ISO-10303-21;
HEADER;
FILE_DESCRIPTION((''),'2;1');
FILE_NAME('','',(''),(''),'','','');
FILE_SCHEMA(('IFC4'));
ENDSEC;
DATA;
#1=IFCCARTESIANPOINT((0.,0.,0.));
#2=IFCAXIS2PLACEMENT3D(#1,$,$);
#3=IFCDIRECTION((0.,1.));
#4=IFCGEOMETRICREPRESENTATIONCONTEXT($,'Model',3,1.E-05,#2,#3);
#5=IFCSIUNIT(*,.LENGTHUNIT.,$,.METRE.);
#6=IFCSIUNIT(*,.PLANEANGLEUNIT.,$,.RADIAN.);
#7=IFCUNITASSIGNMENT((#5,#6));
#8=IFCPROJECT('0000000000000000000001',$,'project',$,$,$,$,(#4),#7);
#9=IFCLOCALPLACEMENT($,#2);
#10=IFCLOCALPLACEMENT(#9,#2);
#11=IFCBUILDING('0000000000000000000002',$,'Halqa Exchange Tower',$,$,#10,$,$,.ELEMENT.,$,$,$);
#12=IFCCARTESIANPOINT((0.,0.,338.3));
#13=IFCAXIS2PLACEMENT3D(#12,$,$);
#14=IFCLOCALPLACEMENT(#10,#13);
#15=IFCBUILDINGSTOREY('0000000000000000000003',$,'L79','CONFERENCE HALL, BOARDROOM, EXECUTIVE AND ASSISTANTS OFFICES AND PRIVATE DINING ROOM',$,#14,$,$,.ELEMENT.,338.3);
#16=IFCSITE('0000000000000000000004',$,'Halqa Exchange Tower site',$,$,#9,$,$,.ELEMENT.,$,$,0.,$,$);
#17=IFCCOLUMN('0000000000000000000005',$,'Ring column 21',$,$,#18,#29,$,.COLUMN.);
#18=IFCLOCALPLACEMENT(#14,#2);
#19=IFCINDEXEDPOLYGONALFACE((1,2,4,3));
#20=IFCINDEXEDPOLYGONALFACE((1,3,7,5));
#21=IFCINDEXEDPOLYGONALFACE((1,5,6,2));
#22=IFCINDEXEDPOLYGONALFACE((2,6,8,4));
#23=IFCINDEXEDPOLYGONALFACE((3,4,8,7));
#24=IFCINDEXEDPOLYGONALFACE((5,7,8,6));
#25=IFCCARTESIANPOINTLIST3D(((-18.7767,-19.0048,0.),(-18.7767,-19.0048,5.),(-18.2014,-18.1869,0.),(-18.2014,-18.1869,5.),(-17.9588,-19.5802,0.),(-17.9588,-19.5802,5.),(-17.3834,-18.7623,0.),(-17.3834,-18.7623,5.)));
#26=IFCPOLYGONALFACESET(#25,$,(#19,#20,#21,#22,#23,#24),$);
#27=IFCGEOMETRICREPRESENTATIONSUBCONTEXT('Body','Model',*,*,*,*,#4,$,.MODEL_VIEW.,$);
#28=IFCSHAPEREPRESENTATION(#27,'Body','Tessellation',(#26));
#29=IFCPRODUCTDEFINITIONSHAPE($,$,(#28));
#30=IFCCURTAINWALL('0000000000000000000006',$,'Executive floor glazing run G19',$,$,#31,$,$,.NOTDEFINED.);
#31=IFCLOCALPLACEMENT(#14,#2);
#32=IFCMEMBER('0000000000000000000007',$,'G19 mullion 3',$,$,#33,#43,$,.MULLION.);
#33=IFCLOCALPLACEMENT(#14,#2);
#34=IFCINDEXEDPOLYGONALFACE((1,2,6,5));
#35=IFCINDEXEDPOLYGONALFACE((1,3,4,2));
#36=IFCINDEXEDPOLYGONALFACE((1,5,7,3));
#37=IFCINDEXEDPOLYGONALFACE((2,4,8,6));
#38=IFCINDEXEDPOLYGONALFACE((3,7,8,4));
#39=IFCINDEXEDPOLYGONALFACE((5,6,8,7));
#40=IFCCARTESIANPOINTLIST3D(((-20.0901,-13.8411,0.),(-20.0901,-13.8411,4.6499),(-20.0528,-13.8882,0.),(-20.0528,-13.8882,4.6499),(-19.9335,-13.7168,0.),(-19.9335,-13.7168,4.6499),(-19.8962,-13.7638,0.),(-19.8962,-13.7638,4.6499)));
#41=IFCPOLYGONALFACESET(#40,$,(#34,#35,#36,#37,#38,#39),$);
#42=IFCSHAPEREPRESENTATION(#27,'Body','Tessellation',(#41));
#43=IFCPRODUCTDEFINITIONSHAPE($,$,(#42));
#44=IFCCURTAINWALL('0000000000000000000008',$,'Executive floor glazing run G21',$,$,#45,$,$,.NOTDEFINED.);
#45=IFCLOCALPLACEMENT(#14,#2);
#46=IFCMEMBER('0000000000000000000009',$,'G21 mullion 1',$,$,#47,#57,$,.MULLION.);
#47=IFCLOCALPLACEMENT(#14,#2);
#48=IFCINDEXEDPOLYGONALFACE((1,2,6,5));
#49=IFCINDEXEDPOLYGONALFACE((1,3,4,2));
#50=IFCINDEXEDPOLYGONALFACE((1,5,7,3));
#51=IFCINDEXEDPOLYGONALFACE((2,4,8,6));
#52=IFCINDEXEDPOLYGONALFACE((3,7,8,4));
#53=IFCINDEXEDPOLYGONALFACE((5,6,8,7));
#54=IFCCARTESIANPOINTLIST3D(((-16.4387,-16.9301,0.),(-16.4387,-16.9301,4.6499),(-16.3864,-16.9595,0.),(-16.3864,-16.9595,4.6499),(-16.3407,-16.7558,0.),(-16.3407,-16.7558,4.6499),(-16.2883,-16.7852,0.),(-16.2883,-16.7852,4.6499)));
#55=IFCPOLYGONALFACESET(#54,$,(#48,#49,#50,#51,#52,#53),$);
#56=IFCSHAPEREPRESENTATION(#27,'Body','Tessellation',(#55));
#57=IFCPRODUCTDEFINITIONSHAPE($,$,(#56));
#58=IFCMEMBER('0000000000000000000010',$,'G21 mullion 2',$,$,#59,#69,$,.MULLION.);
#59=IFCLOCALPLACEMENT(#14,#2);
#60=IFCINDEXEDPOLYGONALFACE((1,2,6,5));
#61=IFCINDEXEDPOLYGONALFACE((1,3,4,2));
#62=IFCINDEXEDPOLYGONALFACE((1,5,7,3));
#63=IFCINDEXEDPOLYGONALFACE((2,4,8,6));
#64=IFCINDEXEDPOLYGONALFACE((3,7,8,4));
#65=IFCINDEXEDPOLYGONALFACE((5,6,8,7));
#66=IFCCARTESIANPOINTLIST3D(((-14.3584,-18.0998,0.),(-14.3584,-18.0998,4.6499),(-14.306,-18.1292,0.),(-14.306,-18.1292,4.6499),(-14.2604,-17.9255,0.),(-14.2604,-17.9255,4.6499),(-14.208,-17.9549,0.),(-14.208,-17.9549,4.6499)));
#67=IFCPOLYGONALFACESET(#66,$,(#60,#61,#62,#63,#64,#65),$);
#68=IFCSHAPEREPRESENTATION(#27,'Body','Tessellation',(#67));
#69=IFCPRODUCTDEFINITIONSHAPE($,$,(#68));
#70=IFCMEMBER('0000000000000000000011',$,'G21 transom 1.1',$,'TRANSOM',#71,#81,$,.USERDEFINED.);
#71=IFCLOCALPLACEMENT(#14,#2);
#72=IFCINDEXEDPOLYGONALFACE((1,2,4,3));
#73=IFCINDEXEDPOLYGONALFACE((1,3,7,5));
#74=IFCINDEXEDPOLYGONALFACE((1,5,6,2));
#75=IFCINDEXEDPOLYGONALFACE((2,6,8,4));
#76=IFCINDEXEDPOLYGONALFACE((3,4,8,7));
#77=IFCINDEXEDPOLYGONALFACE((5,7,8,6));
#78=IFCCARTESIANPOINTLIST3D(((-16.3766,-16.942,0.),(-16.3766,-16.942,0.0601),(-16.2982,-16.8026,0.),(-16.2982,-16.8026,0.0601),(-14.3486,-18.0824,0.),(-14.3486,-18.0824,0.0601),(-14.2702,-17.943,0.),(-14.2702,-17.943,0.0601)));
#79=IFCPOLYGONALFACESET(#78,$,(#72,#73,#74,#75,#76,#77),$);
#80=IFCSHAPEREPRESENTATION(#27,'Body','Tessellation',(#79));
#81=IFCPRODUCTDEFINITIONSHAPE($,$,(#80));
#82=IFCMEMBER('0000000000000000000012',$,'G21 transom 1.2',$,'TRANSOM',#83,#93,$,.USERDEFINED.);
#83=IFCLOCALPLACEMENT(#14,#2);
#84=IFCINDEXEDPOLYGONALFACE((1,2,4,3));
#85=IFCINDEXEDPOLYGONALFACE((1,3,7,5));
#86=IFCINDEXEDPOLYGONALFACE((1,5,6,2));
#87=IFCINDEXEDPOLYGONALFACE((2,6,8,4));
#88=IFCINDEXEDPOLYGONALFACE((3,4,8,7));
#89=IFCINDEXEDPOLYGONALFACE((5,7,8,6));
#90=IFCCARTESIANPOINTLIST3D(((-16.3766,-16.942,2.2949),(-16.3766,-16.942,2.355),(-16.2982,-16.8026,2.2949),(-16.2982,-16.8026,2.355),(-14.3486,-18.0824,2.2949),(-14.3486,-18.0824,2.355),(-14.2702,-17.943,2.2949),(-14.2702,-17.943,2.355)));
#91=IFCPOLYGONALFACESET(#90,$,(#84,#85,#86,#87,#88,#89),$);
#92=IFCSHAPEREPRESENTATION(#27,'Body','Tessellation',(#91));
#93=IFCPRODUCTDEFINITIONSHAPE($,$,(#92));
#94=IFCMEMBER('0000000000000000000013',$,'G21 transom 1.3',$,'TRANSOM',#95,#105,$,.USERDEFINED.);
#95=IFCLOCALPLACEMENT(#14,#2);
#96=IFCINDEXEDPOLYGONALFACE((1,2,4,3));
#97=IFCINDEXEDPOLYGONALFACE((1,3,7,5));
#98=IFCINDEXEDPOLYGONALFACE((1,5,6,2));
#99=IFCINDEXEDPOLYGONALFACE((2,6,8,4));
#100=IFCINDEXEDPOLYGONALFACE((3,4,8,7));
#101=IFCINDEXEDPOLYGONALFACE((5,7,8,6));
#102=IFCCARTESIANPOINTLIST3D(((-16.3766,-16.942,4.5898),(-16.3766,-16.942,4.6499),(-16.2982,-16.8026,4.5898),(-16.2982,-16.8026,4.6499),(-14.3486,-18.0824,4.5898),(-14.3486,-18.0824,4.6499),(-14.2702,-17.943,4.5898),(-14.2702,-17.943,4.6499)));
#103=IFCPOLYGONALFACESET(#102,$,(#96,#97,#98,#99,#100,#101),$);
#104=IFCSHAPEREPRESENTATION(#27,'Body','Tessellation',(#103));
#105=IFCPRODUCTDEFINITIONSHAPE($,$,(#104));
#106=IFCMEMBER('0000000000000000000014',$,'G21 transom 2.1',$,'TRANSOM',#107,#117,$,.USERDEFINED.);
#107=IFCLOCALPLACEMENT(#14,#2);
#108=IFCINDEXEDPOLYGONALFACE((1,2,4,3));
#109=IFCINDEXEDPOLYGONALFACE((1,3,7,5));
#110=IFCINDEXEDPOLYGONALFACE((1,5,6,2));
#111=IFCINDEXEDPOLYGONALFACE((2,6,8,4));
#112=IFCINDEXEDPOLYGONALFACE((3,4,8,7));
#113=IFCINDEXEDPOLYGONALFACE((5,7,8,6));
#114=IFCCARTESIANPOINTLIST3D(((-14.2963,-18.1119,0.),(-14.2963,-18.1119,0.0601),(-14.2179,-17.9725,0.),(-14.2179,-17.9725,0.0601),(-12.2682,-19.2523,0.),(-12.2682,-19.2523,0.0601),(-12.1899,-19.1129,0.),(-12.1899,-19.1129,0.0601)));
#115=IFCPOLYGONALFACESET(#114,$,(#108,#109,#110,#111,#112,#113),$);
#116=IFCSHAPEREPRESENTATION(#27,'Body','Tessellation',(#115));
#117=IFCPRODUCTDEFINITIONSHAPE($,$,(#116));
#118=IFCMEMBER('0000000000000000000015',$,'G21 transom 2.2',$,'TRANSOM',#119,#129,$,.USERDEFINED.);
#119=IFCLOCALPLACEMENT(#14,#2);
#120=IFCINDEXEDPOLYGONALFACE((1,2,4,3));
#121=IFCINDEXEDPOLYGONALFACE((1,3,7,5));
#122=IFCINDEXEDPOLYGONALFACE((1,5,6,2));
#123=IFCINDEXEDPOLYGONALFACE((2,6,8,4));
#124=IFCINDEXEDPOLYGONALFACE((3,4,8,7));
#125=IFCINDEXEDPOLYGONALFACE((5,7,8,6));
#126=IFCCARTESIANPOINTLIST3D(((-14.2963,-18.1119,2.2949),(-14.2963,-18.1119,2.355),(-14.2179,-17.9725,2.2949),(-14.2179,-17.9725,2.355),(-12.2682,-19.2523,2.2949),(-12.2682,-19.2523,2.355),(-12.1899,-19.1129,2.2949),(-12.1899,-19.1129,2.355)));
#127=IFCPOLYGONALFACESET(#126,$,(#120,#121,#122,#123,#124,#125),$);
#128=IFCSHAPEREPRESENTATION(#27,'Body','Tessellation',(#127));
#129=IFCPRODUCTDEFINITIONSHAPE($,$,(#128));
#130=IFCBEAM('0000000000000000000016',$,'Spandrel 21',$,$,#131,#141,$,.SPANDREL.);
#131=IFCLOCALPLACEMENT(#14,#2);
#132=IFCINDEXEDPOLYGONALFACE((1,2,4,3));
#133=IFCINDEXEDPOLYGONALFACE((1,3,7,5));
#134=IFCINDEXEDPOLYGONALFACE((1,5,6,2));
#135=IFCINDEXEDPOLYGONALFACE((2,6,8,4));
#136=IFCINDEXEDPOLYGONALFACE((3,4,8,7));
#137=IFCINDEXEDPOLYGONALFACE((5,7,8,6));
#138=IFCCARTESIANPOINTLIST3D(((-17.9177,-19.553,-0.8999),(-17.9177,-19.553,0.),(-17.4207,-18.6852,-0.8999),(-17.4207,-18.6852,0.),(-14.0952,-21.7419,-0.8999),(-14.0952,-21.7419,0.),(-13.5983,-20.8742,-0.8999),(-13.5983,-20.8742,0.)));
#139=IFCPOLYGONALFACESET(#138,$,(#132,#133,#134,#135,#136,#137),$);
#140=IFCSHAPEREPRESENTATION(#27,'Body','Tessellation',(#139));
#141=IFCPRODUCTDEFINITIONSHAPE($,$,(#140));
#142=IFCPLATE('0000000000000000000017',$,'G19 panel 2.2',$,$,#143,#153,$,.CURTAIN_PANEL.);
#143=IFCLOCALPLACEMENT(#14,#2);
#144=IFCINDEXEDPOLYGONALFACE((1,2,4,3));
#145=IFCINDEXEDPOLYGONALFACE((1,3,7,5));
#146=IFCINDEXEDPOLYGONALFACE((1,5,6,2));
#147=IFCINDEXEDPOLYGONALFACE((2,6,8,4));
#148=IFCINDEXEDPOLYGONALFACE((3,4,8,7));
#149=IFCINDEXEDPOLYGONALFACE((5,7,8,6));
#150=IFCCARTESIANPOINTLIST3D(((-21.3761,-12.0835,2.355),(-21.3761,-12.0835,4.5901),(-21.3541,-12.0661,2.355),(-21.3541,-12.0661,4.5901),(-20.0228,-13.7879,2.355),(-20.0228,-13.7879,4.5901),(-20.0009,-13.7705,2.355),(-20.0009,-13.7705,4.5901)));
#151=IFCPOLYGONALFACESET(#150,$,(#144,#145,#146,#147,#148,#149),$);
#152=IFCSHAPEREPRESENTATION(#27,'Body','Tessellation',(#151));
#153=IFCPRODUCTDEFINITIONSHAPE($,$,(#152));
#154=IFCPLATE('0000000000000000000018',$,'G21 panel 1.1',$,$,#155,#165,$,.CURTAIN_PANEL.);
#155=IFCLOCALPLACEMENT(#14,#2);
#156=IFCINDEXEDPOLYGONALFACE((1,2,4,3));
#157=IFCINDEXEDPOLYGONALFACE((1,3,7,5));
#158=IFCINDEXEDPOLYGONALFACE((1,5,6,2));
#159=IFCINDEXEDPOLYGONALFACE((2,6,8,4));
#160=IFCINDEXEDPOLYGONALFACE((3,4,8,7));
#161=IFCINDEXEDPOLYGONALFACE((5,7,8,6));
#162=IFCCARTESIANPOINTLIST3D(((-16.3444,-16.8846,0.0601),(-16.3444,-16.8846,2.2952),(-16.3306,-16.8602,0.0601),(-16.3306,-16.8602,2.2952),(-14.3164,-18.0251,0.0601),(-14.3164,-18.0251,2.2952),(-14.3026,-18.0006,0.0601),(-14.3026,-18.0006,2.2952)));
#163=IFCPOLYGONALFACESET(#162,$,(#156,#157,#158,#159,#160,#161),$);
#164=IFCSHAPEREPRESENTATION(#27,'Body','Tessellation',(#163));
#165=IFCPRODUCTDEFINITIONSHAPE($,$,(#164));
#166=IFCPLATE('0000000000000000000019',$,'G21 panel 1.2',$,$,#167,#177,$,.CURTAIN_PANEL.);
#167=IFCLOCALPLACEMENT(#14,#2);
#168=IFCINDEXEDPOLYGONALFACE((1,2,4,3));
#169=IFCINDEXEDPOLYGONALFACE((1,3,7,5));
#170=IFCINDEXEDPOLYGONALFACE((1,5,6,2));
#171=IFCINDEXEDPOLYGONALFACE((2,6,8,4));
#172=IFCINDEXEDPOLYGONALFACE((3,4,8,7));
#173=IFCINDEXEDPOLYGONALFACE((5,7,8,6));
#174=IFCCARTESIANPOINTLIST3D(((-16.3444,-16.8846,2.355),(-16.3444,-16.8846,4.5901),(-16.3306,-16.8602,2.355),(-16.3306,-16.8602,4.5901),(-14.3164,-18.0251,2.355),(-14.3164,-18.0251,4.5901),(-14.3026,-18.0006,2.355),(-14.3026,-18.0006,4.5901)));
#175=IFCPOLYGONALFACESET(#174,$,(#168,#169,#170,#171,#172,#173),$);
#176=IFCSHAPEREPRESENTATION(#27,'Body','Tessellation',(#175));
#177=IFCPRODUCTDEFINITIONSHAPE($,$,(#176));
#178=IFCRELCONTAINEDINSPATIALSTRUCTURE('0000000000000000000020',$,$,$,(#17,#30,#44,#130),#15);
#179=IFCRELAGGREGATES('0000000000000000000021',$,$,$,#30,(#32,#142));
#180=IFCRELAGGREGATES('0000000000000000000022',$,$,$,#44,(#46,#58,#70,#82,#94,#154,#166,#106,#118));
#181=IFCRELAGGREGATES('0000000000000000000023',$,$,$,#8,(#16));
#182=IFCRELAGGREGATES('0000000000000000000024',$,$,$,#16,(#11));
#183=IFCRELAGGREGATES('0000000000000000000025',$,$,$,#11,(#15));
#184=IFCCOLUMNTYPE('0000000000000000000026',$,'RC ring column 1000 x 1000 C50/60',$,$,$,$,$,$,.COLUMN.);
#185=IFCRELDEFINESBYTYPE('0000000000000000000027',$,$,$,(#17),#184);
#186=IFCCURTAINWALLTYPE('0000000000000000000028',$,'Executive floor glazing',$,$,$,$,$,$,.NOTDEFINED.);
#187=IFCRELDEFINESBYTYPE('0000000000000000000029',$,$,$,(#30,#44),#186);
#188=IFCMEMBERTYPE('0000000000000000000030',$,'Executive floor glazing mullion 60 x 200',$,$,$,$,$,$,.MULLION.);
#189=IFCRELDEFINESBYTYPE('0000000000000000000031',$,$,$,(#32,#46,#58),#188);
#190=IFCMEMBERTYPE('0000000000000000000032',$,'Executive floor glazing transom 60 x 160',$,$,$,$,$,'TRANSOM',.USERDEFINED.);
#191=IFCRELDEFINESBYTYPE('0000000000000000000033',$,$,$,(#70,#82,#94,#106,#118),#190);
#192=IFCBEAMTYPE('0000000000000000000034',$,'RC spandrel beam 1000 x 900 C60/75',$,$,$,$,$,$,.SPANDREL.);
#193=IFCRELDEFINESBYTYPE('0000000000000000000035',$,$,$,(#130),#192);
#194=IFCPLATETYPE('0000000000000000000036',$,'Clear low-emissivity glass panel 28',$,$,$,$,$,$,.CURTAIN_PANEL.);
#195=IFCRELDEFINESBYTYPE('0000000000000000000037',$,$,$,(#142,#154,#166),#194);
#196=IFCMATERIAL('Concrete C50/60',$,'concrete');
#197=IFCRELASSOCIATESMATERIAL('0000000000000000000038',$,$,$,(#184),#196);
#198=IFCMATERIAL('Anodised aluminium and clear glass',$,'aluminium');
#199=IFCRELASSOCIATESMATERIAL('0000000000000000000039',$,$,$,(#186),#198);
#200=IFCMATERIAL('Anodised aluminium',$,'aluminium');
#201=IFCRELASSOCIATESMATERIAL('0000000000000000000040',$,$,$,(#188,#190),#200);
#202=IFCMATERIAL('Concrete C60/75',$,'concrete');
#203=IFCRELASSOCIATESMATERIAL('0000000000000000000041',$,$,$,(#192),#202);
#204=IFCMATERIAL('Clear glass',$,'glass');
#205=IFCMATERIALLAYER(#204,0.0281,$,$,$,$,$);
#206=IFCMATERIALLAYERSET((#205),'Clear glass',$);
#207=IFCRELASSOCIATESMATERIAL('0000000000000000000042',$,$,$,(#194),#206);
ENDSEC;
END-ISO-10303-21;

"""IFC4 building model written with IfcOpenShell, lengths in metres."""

from ifc_helpers import new_model, si_unit, direction, frame, origin, origin_2d, place, context, subcontext, project, spatial, rectangle, extrude, material, layer, layer_set, material_profile, profile_set, type_object, element, aggregate, save


model = new_model("IFC4")

# Units and contexts
model_context = context("Model", 3, precision=1e-05, world=origin(), true_north=direction((0.0, 1.0)))
body_context = subcontext(model_context, "Body", "Model", "MODEL_VIEW")
ifc_project = project(units=[si_unit("LENGTHUNIT", "METRE"), si_unit("PLANEANGLEUNIT", "RADIAN")], contexts=[model_context])

# Site, building, storey
site_placement = place(None, origin())
site = spatial("IfcSite", under=ifc_project, at=site_placement, Name="Halqa Exchange Tower site", CompositionType="ELEMENT", RefElevation=0.0)
building_placement = place(site_placement, origin())
building = spatial("IfcBuilding", under=site, at=building_placement, Name="Halqa Exchange Tower", CompositionType="ELEMENT")
storey_placement = place(building_placement, frame((0.0, 0.0, 338.3)))
storey = spatial("IfcBuildingStorey", under=building, at=storey_placement, Name="L79", Description="CONFERENCE HALL, BOARDROOM, EXECUTIVE AND ASSISTANTS OFFICES AND PRIVATE DINING ROOM", CompositionType="ELEMENT", Elevation=338.3)

# Column
ifc_material_1 = material(Name="Concrete C50/60", Category="concrete")
ifc_material_profile_1 = material_profile(ifc_material_1, rectangle(XDim=1.0, YDim=1.0, at=origin_2d()), Name="1000 x 1000")
ifc_profile_set_1 = profile_set([ifc_material_profile_1], Name="Concrete C50/60")
column_type = type_object("IfcColumnType", Name="RC ring column 1000 x 1000 C50/60", PredefinedType="COLUMN", material=ifc_profile_set_1)
column_placement = place(storey_placement, frame((-18.0801, -18.8835, 0.0), z_axis=(0.0, 0.0, 1.0), x_axis=(0.817907, -0.575351, 0.0)))
element("IfcColumn", 1, at=column_placement, inside=storey, type_object=column_type, Name="Ring column 21", PredefinedType="COLUMN", context=body_context, shape_type="SweptSolid", body=[
    extrude(rectangle(XDim=1.0, YDim=1.0, at=origin_2d()), origin(), (0.0, 0.0, 1.0), 5.0),
])

# Curtain wall, member
ifc_material_2 = material(Name="Anodised aluminium and clear glass", Category="aluminium")
curtain_wall_type = type_object("IfcCurtainWallType", Name="Executive floor glazing", PredefinedType="NOTDEFINED", material=ifc_material_2)
curtain_wall_1_placement = place(storey_placement, origin())
curtain_wall_1 = element("IfcCurtainWall", 2, at=curtain_wall_1_placement, inside=storey, type_object=curtain_wall_type, Name="Executive floor glazing run G19", PredefinedType="NOTDEFINED")
ifc_material_3 = material(Name="Anodised aluminium", Category="aluminium")
ifc_material_profile_2 = material_profile(ifc_material_3, rectangle(XDim=0.2, YDim=0.0601, at=origin_2d()), Name="AL 60x200")
ifc_profile_set_2 = profile_set([ifc_material_profile_2], Name="Anodised aluminium")
member_type_1 = type_object("IfcMemberType", Name="Executive floor glazing mullion 60 x 200", PredefinedType="MULLION", material=ifc_profile_set_2)
member_1_placement = place(storey_placement, frame((-19.9932, -13.8025, 0.0), z_axis=(0.0, 0.0, 1.0), x_axis=(0.783162, 0.621817, 0.0)))
member_1 = element("IfcMember", 3, at=member_1_placement, type_object=member_type_1, Name="G19 mullion 3", PredefinedType="MULLION", context=body_context, shape_type="SweptSolid", body=[
    extrude(rectangle(XDim=0.2, YDim=0.0601, at=origin_2d()), origin(), (0.0, 0.0, 1.0), 4.6499),
])

# Curtain wall, members
curtain_wall_2_placement = place(storey_placement, origin())
curtain_wall_2 = element("IfcCurtainWall", 4, at=curtain_wall_2_placement, inside=storey, type_object=curtain_wall_type, Name="Executive floor glazing run G21", PredefinedType="NOTDEFINED")
member_2_placement = place(storey_placement, frame((-16.3635, -16.8577, 0.0), z_axis=(0.0, 0.0, 1.0), x_axis=(0.490158, 0.871634, 0.0)))
member_2 = element("IfcMember", 5, at=member_2_placement, type_object=member_type_1, Name="G21 mullion 1", PredefinedType="MULLION", context=body_context, shape_type="SweptSolid", body=[
    extrude(rectangle(XDim=0.2, YDim=0.0601, at=origin_2d()), origin(), (0.0, 0.0, 1.0), 4.6499),
])
member_3_placement = place(storey_placement, frame((-14.2832, -18.0273, 0.0), z_axis=(0.0, 0.0, 1.0), x_axis=(0.490158, 0.871634, 0.0)))
member_3 = element("IfcMember", 6, at=member_3_placement, type_object=member_type_1, Name="G21 mullion 2", PredefinedType="MULLION", context=body_context, shape_type="SweptSolid", body=[
    extrude(rectangle(XDim=0.2, YDim=0.0601, at=origin_2d()), origin(), (0.0, 0.0, 1.0), 4.6499),
])
ifc_material_profile_3 = material_profile(ifc_material_3, rectangle(XDim=0.1599, YDim=0.0601, at=origin_2d()), Name="AL 60x160")
ifc_profile_set_3 = profile_set([ifc_material_profile_3], Name="Anodised aluminium")
member_type_2 = type_object("IfcMemberType", Name="Executive floor glazing transom 60 x 160", ElementType="TRANSOM", PredefinedType="USERDEFINED", material=ifc_profile_set_3)
member_4_placement = place(storey_placement, frame((-16.3374, -16.8723, 0.03), z_axis=(0.871651, -0.490127, 0.0), x_axis=(0.490127, 0.871651, 0.0)))
member_4 = element("IfcMember", 7, at=member_4_placement, type_object=member_type_2, Name="G21 transom 1.1", ObjectType="TRANSOM", PredefinedType="USERDEFINED", context=body_context, shape_type="SweptSolid", body=[
    extrude(rectangle(XDim=0.1599, YDim=0.0601, at=origin_2d()), origin(), (0.0, 0.0, 1.0), 2.3267),
])
member_5_placement = place(storey_placement, frame((-16.3374, -16.8723, 2.325), z_axis=(0.871651, -0.490127, 0.0), x_axis=(0.490127, 0.871651, 0.0)))
member_5 = element("IfcMember", 8, at=member_5_placement, type_object=member_type_2, Name="G21 transom 1.2", ObjectType="TRANSOM", PredefinedType="USERDEFINED", context=body_context, shape_type="SweptSolid", body=[
    extrude(rectangle(XDim=0.1599, YDim=0.0601, at=origin_2d()), origin(), (0.0, 0.0, 1.0), 2.3267),
])
member_6_placement = place(storey_placement, frame((-16.3374, -16.8723, 4.6199), z_axis=(0.871651, -0.490127, 0.0), x_axis=(0.490127, 0.871651, 0.0)))
member_6 = element("IfcMember", 9, at=member_6_placement, type_object=member_type_2, Name="G21 transom 1.3", ObjectType="TRANSOM", PredefinedType="USERDEFINED", context=body_context, shape_type="SweptSolid", body=[
    extrude(rectangle(XDim=0.1599, YDim=0.0601, at=origin_2d()), origin(), (0.0, 0.0, 1.0), 2.3267),
])
member_7_placement = place(storey_placement, frame((-14.2571, -18.0422, 0.03), z_axis=(0.871651, -0.490127, 0.0), x_axis=(0.490127, 0.871651, 0.0)))
member_7 = element("IfcMember", 10, at=member_7_placement, type_object=member_type_2, Name="G21 transom 2.1", ObjectType="TRANSOM", PredefinedType="USERDEFINED", context=body_context, shape_type="SweptSolid", body=[
    extrude(rectangle(XDim=0.1599, YDim=0.0601, at=origin_2d()), origin(), (0.0, 0.0, 1.0), 2.3267),
])
member_8_placement = place(storey_placement, frame((-14.2571, -18.0422, 2.325), z_axis=(0.871651, -0.490127, 0.0), x_axis=(0.490127, 0.871651, 0.0)))
member_8 = element("IfcMember", 11, at=member_8_placement, type_object=member_type_2, Name="G21 transom 2.2", ObjectType="TRANSOM", PredefinedType="USERDEFINED", context=body_context, shape_type="SweptSolid", body=[
    extrude(rectangle(XDim=0.1599, YDim=0.0601, at=origin_2d()), origin(), (0.0, 0.0, 1.0), 2.3267),
])

# Beam
ifc_material_4 = material(Name="Concrete C60/75", Category="concrete")
ifc_material_profile_4 = material_profile(ifc_material_4, rectangle(XDim=1.0, YDim=0.8999, at=origin_2d()), Name="1000 x 900")
ifc_profile_set_4 = profile_set([ifc_material_profile_4], Name="Concrete C60/75")
beam_type = type_object("IfcBeamType", Name="RC spandrel beam 1000 x 900 C60/75", PredefinedType="SPANDREL", material=ifc_profile_set_4)
beam_placement = place(storey_placement, frame((-17.6692, -19.1191, -0.45), z_axis=(0.867786, -0.496939, 0.0), x_axis=(0.496939, 0.867786, 0.0)))
element("IfcBeam", 12, at=beam_placement, inside=storey, type_object=beam_type, Name="Spandrel 21", PredefinedType="SPANDREL", context=body_context, shape_type="SweptSolid", body=[
    extrude(rectangle(XDim=1.0, YDim=0.8999, at=origin_2d()), origin(), (0.0, 0.0, 1.0), 4.4048),
])

# Plates
ifc_material_5 = material(Name="Clear glass", Category="glass")
ifc_layer_1 = layer(ifc_material_5, 0.0281)
ifc_layer_set_1 = layer_set([ifc_layer_1], Name="Clear glass")
plate_type = type_object("IfcPlateType", Name="Clear low-emissivity glass panel 28", PredefinedType="CURTAIN_PANEL", material=ifc_layer_set_1)
plate_1_placement = place(storey_placement, frame((-20.6885, -12.927, 2.355), z_axis=(0.0, 0.0, 1.0), x_axis=(0.621817, -0.783162, 0.0)))
plate_1 = element("IfcPlate", 13, at=plate_1_placement, type_object=plate_type, Name="G19 panel 2.2", PredefinedType="CURTAIN_PANEL", context=body_context, shape_type="SweptSolid", body=[
    extrude(rectangle(XDim=2.1763, YDim=0.0281, at=origin_2d()), origin(), (0.0, 0.0, 1.0), 2.2351),
])
aggregate(curtain_wall_1, [member_1, plate_1])
plate_2_placement = place(storey_placement, frame((-15.3235, -17.4426, 0.0601), z_axis=(0.0, 0.0, 1.0), x_axis=(0.871634, -0.490158, 0.0)))
plate_2 = element("IfcPlate", 14, at=plate_2_placement, type_object=plate_type, Name="G21 panel 1.1", PredefinedType="CURTAIN_PANEL", context=body_context, shape_type="SweptSolid", body=[
    extrude(rectangle(XDim=2.3267, YDim=0.0281, at=origin_2d()), origin(), (0.0, 0.0, 1.0), 2.2351),
])
plate_3_placement = place(storey_placement, frame((-15.3235, -17.4426, 2.355), z_axis=(0.0, 0.0, 1.0), x_axis=(0.871634, -0.490158, 0.0)))
plate_3 = element("IfcPlate", 15, at=plate_3_placement, type_object=plate_type, Name="G21 panel 1.2", PredefinedType="CURTAIN_PANEL", context=body_context, shape_type="SweptSolid", body=[
    extrude(rectangle(XDim=2.3267, YDim=0.0281, at=origin_2d()), origin(), (0.0, 0.0, 1.0), 2.2351),
])
aggregate(curtain_wall_2, [member_2, member_3, member_4, member_5, member_6, plate_2, plate_3, member_7, member_8])

save(model, "model.ifc")
